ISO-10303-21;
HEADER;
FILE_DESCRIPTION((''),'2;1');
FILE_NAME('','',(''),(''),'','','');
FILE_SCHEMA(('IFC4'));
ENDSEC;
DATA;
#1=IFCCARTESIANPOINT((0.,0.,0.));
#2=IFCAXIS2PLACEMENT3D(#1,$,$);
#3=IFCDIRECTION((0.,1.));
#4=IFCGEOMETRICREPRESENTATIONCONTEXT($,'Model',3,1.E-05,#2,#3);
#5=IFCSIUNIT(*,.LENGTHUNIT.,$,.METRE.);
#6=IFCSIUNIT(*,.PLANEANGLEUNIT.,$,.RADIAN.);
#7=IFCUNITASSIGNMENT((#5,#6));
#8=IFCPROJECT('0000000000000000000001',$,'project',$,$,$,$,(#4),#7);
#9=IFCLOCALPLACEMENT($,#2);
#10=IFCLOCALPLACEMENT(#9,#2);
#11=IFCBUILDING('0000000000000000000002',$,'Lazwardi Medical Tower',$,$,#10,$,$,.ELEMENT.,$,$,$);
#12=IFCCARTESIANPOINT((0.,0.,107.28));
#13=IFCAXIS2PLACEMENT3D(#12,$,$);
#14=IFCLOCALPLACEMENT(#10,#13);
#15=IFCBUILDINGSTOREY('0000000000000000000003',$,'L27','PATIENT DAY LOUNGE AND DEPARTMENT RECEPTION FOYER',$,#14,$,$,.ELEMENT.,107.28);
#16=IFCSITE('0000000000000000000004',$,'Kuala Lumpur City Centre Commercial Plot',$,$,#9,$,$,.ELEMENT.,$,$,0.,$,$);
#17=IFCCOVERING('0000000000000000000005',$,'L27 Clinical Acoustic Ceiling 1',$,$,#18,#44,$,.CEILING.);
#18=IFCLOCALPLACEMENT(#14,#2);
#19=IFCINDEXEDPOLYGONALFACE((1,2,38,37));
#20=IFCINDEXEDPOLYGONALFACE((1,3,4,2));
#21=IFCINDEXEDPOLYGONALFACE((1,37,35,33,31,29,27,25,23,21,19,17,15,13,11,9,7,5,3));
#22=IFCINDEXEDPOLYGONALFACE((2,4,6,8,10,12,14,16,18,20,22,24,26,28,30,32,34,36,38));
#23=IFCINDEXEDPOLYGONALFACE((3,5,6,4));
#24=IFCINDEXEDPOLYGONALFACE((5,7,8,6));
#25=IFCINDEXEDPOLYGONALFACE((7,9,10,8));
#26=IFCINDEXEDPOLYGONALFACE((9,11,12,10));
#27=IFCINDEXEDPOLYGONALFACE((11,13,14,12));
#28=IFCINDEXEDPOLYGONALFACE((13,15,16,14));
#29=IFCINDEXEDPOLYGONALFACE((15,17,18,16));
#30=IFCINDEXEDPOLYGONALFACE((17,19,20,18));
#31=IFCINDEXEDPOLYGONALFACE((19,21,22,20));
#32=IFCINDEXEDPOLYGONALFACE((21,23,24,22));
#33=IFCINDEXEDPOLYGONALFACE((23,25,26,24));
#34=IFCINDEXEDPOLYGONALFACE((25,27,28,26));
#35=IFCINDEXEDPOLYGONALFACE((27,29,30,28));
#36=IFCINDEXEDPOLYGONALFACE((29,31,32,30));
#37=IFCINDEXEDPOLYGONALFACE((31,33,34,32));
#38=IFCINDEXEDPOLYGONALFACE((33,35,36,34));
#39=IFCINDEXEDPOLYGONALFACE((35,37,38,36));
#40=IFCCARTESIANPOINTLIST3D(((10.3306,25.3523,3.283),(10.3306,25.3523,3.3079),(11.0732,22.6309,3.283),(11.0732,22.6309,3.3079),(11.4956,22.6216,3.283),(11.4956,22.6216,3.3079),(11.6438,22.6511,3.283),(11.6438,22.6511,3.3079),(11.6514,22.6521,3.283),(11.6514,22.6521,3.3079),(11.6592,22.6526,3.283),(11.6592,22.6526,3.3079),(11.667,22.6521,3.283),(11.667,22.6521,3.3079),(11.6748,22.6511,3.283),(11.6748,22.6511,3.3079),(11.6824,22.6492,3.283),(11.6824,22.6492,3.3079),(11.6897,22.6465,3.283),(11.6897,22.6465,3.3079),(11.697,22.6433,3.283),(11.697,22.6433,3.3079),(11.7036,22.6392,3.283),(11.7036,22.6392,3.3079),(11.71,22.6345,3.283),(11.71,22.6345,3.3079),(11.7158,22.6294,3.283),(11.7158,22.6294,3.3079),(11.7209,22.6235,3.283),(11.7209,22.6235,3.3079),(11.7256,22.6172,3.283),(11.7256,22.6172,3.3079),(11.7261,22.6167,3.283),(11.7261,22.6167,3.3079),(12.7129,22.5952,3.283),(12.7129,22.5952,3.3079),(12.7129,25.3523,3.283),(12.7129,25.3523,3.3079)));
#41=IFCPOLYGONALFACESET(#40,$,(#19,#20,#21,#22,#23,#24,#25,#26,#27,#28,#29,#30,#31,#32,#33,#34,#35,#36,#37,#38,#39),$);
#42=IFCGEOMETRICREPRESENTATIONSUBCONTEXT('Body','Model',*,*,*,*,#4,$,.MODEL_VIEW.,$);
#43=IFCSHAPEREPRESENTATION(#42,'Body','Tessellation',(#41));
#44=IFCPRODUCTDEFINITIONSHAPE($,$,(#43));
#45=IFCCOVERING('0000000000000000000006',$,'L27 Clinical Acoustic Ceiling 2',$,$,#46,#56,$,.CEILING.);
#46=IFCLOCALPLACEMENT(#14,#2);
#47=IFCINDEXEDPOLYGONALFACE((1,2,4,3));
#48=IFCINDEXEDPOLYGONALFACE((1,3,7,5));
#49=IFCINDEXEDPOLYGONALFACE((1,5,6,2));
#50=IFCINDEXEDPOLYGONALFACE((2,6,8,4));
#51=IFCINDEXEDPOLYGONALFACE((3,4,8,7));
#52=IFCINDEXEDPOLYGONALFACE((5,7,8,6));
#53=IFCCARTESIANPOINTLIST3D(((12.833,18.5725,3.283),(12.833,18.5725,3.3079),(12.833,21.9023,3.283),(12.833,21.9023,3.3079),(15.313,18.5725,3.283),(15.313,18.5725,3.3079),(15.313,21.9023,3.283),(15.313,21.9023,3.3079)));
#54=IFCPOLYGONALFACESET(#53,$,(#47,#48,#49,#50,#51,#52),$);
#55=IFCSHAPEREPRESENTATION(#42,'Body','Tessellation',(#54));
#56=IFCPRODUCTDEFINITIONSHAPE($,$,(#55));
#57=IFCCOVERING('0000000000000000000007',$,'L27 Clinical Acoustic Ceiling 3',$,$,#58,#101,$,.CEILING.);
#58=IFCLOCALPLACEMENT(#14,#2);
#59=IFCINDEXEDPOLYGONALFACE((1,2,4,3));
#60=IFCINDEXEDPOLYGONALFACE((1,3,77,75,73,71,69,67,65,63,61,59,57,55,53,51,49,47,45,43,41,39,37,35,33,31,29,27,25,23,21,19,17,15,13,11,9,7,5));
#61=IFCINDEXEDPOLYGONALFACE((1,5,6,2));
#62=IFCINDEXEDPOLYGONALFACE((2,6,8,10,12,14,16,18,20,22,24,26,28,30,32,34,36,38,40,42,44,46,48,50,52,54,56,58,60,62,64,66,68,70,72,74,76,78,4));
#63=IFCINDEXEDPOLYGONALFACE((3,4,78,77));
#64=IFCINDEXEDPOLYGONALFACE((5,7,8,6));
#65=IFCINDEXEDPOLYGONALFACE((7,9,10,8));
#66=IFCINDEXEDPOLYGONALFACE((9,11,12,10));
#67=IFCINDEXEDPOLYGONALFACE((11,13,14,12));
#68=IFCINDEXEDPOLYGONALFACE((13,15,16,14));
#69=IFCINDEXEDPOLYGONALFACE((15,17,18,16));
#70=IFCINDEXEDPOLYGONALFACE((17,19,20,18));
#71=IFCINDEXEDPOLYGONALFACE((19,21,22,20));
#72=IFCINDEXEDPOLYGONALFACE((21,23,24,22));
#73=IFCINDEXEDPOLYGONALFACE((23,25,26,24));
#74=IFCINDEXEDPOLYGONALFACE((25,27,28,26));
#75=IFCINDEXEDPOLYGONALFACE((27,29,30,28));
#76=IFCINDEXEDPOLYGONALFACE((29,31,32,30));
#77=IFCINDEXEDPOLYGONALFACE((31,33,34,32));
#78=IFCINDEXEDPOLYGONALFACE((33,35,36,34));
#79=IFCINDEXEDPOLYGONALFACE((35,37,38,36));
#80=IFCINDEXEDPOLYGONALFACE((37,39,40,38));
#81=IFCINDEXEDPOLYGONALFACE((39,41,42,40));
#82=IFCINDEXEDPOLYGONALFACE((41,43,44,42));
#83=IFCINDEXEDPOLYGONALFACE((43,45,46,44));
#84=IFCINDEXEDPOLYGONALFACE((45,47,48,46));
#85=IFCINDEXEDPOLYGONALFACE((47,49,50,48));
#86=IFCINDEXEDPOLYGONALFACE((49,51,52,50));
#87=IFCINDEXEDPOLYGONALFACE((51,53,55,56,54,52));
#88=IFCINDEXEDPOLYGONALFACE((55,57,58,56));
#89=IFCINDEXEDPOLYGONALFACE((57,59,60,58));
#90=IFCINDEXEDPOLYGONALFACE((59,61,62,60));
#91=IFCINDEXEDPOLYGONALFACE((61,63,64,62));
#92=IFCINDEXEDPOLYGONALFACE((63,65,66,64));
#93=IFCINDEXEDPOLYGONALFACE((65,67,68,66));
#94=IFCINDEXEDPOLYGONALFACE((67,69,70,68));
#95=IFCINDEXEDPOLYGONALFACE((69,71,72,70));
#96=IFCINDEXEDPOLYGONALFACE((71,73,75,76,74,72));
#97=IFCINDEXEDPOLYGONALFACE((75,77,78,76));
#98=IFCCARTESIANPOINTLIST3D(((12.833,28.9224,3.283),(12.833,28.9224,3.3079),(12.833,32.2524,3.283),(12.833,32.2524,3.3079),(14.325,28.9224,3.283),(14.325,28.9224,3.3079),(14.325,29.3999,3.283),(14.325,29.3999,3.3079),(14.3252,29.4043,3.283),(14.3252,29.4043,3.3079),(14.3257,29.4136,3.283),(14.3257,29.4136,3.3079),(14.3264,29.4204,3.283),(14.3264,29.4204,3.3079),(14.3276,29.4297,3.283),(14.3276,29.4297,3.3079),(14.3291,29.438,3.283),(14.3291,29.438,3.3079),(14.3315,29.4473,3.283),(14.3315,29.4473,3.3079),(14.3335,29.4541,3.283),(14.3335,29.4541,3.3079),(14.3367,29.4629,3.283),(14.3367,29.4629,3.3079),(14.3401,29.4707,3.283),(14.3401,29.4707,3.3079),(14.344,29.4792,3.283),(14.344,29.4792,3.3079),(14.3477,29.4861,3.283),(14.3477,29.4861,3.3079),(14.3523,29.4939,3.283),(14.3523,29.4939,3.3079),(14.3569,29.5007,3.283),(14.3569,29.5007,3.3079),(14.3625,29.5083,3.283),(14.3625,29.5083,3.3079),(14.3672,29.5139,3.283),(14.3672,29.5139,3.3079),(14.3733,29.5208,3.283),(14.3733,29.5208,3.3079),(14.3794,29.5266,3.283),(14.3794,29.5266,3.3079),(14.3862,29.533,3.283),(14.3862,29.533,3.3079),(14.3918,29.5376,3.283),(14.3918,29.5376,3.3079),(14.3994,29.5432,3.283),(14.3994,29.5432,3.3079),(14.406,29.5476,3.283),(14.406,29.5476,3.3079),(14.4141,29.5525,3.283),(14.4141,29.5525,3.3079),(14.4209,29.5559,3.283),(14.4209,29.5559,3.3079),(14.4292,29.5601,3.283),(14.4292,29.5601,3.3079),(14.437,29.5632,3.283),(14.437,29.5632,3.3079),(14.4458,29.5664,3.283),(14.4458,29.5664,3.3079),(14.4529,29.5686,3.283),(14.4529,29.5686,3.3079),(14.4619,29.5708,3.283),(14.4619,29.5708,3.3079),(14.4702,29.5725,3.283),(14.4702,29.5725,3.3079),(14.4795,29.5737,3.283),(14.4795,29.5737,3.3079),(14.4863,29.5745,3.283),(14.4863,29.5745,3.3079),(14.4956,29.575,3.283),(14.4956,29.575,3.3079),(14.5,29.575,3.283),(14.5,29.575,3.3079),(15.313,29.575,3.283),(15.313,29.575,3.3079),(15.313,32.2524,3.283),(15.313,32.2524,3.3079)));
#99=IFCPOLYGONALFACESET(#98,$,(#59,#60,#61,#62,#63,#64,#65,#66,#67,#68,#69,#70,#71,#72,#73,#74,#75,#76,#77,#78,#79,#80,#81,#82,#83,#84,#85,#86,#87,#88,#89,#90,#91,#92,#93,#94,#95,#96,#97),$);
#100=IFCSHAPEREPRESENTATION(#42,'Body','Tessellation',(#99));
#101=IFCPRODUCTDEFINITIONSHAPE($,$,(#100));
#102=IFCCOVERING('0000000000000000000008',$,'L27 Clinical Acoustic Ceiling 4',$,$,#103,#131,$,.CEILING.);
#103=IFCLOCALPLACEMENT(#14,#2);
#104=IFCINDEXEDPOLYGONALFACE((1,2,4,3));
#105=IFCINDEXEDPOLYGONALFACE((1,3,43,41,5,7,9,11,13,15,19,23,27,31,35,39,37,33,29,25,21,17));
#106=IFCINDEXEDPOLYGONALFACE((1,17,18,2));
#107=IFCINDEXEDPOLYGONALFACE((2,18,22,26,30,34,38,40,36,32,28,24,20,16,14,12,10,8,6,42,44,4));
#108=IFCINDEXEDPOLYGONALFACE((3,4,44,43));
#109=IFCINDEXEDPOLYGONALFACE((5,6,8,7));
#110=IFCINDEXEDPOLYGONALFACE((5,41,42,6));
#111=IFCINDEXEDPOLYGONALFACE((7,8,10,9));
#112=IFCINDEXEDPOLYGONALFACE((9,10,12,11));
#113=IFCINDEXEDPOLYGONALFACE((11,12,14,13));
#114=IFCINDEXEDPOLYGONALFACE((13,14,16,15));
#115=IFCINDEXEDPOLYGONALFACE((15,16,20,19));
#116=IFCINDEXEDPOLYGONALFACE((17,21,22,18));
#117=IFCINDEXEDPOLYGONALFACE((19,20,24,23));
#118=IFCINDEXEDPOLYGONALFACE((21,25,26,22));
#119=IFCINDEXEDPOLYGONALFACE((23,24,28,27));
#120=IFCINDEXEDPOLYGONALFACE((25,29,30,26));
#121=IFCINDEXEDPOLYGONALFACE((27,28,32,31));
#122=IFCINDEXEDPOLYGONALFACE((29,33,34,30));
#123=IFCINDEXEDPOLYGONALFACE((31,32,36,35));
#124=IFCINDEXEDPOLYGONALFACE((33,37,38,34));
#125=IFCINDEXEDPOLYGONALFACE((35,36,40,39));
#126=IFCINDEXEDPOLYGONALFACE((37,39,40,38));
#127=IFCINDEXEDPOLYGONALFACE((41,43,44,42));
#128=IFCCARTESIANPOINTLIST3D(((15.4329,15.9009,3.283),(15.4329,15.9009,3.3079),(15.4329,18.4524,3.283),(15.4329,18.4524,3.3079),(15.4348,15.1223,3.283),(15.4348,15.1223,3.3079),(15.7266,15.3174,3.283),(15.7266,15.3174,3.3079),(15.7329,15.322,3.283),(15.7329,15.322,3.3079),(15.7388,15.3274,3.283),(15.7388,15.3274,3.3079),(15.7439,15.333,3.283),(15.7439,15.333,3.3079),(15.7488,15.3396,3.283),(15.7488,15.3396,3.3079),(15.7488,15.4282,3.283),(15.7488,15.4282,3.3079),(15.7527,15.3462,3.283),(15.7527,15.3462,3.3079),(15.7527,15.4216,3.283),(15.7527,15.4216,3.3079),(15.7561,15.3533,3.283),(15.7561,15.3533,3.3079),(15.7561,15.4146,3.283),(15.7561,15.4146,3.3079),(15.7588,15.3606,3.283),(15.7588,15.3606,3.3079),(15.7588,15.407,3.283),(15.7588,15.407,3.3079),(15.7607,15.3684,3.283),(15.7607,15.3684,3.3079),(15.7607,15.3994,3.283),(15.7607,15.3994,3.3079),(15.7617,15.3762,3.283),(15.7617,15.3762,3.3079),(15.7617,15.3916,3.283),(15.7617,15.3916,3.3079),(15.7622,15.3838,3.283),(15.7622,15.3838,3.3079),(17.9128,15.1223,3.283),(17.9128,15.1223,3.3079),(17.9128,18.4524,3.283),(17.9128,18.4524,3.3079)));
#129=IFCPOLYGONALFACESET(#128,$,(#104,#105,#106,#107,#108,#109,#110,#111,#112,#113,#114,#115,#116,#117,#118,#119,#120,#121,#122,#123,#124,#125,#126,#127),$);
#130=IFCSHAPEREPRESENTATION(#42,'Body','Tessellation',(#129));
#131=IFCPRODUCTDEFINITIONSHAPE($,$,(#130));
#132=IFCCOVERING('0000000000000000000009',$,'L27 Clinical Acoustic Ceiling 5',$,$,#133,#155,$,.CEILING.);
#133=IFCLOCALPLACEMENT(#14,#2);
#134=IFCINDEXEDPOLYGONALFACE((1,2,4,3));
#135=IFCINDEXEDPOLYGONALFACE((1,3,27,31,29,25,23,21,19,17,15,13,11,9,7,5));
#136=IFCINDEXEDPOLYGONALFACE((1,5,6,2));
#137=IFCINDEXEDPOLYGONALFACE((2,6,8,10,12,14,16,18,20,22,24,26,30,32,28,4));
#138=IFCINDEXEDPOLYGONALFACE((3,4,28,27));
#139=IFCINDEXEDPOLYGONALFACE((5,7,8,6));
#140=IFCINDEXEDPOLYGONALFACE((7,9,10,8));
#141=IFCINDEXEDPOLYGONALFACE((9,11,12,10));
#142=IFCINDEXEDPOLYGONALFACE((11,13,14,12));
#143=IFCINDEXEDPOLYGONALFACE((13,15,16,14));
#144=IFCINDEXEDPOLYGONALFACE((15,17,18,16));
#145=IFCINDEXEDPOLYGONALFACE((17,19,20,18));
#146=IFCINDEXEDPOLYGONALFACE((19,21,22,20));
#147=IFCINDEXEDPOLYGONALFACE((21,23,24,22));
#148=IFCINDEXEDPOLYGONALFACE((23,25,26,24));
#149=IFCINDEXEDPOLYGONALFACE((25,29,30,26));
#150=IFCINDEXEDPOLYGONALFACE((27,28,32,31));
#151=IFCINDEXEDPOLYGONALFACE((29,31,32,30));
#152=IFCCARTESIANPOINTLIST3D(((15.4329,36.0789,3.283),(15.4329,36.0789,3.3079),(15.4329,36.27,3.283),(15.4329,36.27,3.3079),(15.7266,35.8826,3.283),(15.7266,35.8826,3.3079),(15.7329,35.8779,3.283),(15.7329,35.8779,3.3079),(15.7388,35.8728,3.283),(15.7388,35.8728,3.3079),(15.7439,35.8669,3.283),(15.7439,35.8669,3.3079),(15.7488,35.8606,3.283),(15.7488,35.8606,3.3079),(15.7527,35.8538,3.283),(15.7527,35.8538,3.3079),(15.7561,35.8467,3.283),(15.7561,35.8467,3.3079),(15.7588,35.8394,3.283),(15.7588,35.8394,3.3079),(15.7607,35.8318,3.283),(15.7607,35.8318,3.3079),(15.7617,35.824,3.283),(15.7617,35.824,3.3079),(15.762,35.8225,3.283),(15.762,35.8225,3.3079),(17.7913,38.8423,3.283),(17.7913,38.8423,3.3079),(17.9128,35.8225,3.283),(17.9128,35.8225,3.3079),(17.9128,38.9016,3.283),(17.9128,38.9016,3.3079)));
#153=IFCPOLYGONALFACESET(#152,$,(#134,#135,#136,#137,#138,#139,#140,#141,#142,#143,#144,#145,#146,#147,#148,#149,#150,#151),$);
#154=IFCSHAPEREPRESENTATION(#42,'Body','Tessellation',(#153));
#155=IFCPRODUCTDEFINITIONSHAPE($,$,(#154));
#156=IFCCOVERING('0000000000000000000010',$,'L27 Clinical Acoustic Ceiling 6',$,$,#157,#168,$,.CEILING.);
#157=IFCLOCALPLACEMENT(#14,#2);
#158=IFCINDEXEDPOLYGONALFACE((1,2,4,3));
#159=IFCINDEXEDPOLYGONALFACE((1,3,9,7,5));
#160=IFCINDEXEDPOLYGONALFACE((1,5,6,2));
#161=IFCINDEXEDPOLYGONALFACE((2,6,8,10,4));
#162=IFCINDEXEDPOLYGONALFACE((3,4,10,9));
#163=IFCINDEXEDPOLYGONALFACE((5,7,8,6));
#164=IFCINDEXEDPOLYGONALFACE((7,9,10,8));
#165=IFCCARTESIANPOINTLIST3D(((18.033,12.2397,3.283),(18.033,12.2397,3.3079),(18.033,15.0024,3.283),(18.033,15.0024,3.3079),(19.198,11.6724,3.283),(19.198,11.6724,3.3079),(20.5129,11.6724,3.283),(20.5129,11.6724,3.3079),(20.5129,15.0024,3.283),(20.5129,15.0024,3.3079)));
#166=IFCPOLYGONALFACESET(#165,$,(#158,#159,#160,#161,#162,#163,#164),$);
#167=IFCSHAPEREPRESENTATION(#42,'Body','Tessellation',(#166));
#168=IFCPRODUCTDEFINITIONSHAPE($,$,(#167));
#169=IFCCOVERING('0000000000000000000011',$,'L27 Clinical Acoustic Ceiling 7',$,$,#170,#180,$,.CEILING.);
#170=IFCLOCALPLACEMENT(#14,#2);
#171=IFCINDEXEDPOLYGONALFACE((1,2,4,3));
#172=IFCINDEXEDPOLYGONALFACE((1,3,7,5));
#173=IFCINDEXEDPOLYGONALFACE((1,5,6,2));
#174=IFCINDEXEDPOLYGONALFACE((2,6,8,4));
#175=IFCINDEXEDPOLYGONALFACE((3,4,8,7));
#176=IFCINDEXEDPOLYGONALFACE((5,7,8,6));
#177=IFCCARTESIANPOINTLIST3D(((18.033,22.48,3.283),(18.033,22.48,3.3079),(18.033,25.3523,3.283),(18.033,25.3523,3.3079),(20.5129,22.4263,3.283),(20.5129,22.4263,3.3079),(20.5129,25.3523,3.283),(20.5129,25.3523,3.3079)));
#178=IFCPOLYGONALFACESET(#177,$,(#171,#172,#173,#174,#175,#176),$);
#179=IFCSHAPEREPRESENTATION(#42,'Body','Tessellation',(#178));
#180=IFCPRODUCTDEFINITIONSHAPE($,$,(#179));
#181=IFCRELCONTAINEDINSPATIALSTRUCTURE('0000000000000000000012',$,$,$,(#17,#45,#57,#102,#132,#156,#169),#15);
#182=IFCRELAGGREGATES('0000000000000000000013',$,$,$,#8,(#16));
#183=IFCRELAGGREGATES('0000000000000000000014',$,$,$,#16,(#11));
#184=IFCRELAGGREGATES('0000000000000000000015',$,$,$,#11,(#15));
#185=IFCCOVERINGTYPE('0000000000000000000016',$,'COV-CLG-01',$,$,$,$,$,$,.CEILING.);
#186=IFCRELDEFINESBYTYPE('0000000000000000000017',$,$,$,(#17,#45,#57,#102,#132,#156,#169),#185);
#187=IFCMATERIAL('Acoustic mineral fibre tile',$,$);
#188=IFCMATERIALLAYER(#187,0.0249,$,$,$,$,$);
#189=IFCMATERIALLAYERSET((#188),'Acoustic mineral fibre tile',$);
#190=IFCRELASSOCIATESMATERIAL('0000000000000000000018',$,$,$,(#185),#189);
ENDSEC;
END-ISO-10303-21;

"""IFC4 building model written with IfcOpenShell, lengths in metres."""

from ifc_helpers import new_model, si_unit, direction, frame, origin, place, context, subcontext, project, spatial, polyline, outline, extrude, material, layer, layer_set, type_object, element, save


model = new_model("IFC4")

# Units and contexts
model_context = context("Model", 3, precision=1e-05, world=origin(), true_north=direction((0.0, 1.0)))
body_context = subcontext(model_context, "Body", "Model", "MODEL_VIEW")
ifc_project = project(units=[si_unit("LENGTHUNIT", "METRE"), si_unit("PLANEANGLEUNIT", "RADIAN")], contexts=[model_context])

# Site, building, storey
site_placement = place(None, origin())
site = spatial("IfcSite", under=ifc_project, at=site_placement, Name="Kuala Lumpur City Centre Commercial Plot", CompositionType="ELEMENT", RefElevation=0.0)
building_placement = place(site_placement, origin())
building = spatial("IfcBuilding", under=site, at=building_placement, Name="Lazwardi Medical Tower", CompositionType="ELEMENT")
storey_placement = place(building_placement, frame((0.0, 0.0, 107.28)))
storey = spatial("IfcBuildingStorey", under=building, at=storey_placement, Name="L27", Description="PATIENT DAY LOUNGE AND DEPARTMENT RECEPTION FOYER", CompositionType="ELEMENT", Elevation=107.28)

# Coverings
ifc_material_1 = material(Name="Acoustic mineral fibre tile")
ifc_layer_1 = layer(ifc_material_1, 0.0249)
ifc_layer_set_1 = layer_set([ifc_layer_1], Name="Acoustic mineral fibre tile")
covering_type_1 = type_object("IfcCoveringType", Name="COV-CLG-01", PredefinedType="CEILING", material=ifc_layer_set_1)
covering_1_placement = place(storey_placement, frame((0.0, 0.0, 3.283)))
element("IfcCovering", 1, at=covering_1_placement, inside=storey, type_object=covering_type_1, Name="L27 Clinical Acoustic Ceiling 1", PredefinedType="CEILING", context=body_context, shape_type="SweptSolid", body=[
    extrude(outline(polyline([(10.3306, 25.3523), (11.0732, 22.6309), (11.4956, 22.6216), (11.6438, 22.6511), (11.6514, 22.6521), (11.6592, 22.6526), (11.667, 22.6521), (11.6748, 22.6511), (11.6824, 22.6492), (11.6897, 22.6465), (11.697, 22.6433), (11.7036, 22.6392), (11.71, 22.6345), (11.7158, 22.6294), (11.7209, 22.6235), (11.7256, 22.6172), (11.7261, 22.6167), (12.7129, 22.5952), (12.7129, 25.3523), (10.3306, 25.3523)])), origin(), (0.0, 0.0, 1.0), 0.0249),
])
covering_2_placement = place(storey_placement, frame((0.0, 0.0, 3.283)))
element("IfcCovering", 2, at=covering_2_placement, inside=storey, type_object=covering_type_1, Name="L27 Clinical Acoustic Ceiling 2", PredefinedType="CEILING", context=body_context, shape_type="SweptSolid", body=[
    extrude(outline(polyline([(15.313, 18.5725), (15.313, 21.9023), (12.833, 21.9023), (12.833, 18.5725), (15.313, 18.5725)])), origin(), (0.0, 0.0, 1.0), 0.0249),
])
covering_3_placement = place(storey_placement, frame((0.0, 0.0, 3.283)))
element("IfcCovering", 3, at=covering_3_placement, inside=storey, type_object=covering_type_1, Name="L27 Clinical Acoustic Ceiling 3", PredefinedType="CEILING", context=body_context, shape_type="SweptSolid", body=[
    extrude(outline(polyline([(14.325, 28.9224), (14.325, 29.3999), (14.3252, 29.4043), (14.3257, 29.4136), (14.3264, 29.4204), (14.3276, 29.4297), (14.3291, 29.438), (14.3315, 29.4473), (14.3335, 29.4541), (14.3367, 29.4629), (14.3401, 29.4707), (14.344, 29.4792), (14.3477, 29.4861), (14.3523, 29.4939), (14.3569, 29.5007), (14.3625, 29.5083), (14.3672, 29.5139), (14.3733, 29.5208), (14.3794, 29.5266), (14.3862, 29.533), (14.3918, 29.5376), (14.3994, 29.5432), (14.406, 29.5476), (14.4141, 29.5525), (14.4209, 29.5559), (14.4292, 29.5601), (14.437, 29.5632), (14.4458, 29.5664), (14.4529, 29.5686), (14.4619, 29.5708), (14.4702, 29.5725), (14.4795, 29.5737), (14.4863, 29.5745), (14.4956, 29.575), (14.5, 29.575), (15.313, 29.575), (15.313, 32.2524), (12.833, 32.2524), (12.833, 28.9224), (14.325, 28.9224)])), origin(), (0.0, 0.0, 1.0), 0.0249),
])
covering_4_placement = place(storey_placement, frame((0.0, 0.0, 3.283)))
element("IfcCovering", 4, at=covering_4_placement, inside=storey, type_object=covering_type_1, Name="L27 Clinical Acoustic Ceiling 4", PredefinedType="CEILING", context=body_context, shape_type="SweptSolid", body=[
    extrude(outline(polyline([(15.4329, 15.9009), (15.7488, 15.4282), (15.7527, 15.4216), (15.7561, 15.4146), (15.7588, 15.407), (15.7607, 15.3994), (15.7617, 15.3916), (15.7622, 15.3838), (15.7617, 15.3762), (15.7607, 15.3684), (15.7588, 15.3606), (15.7561, 15.3533), (15.7527, 15.3462), (15.7488, 15.3396), (15.7439, 15.333), (15.7388, 15.3274), (15.7329, 15.322), (15.7266, 15.3174), (15.4348, 15.1223), (17.9128, 15.1223), (17.9128, 18.4524), (15.4329, 18.4524), (15.4329, 15.9009)])), origin(), (0.0, 0.0, 1.0), 0.0249),
])
covering_5_placement = place(storey_placement, frame((0.0, 0.0, 3.283)))
element("IfcCovering", 5, at=covering_5_placement, inside=storey, type_object=covering_type_1, Name="L27 Clinical Acoustic Ceiling 5", PredefinedType="CEILING", context=body_context, shape_type="SweptSolid", body=[
    extrude(outline(polyline([(17.9128, 38.9016), (17.7913, 38.8423), (15.4329, 36.27), (15.4329, 36.0789), (15.7266, 35.8826), (15.7329, 35.8779), (15.7388, 35.8728), (15.7439, 35.8669), (15.7488, 35.8606), (15.7527, 35.8538), (15.7561, 35.8467), (15.7588, 35.8394), (15.7607, 35.8318), (15.7617, 35.824), (15.762, 35.8225), (17.9128, 35.8225), (17.9128, 38.9016)])), origin(), (0.0, 0.0, 1.0), 0.0249),
])
covering_6_placement = place(storey_placement, frame((0.0, 0.0, 3.283)))
element("IfcCovering", 6, at=covering_6_placement, inside=storey, type_object=covering_type_1, Name="L27 Clinical Acoustic Ceiling 6", PredefinedType="CEILING", context=body_context, shape_type="SweptSolid", body=[
    extrude(outline(polyline([(18.033, 12.2397), (19.198, 11.6724), (20.5129, 11.6724), (20.5129, 15.0024), (18.033, 15.0024), (18.033, 12.2397)])), origin(), (0.0, 0.0, 1.0), 0.0249),
])
covering_7_placement = place(storey_placement, frame((0.0, 0.0, 3.283)))
element("IfcCovering", 7, at=covering_7_placement, inside=storey, type_object=covering_type_1, Name="L27 Clinical Acoustic Ceiling 7", PredefinedType="CEILING", context=body_context, shape_type="SweptSolid", body=[
    extrude(outline(polyline([(18.033, 22.48), (20.5129, 22.4263), (20.5129, 25.3523), (18.033, 25.3523), (18.033, 22.48)])), origin(), (0.0, 0.0, 1.0), 0.0249),
])

save(model, "model.ifc")
